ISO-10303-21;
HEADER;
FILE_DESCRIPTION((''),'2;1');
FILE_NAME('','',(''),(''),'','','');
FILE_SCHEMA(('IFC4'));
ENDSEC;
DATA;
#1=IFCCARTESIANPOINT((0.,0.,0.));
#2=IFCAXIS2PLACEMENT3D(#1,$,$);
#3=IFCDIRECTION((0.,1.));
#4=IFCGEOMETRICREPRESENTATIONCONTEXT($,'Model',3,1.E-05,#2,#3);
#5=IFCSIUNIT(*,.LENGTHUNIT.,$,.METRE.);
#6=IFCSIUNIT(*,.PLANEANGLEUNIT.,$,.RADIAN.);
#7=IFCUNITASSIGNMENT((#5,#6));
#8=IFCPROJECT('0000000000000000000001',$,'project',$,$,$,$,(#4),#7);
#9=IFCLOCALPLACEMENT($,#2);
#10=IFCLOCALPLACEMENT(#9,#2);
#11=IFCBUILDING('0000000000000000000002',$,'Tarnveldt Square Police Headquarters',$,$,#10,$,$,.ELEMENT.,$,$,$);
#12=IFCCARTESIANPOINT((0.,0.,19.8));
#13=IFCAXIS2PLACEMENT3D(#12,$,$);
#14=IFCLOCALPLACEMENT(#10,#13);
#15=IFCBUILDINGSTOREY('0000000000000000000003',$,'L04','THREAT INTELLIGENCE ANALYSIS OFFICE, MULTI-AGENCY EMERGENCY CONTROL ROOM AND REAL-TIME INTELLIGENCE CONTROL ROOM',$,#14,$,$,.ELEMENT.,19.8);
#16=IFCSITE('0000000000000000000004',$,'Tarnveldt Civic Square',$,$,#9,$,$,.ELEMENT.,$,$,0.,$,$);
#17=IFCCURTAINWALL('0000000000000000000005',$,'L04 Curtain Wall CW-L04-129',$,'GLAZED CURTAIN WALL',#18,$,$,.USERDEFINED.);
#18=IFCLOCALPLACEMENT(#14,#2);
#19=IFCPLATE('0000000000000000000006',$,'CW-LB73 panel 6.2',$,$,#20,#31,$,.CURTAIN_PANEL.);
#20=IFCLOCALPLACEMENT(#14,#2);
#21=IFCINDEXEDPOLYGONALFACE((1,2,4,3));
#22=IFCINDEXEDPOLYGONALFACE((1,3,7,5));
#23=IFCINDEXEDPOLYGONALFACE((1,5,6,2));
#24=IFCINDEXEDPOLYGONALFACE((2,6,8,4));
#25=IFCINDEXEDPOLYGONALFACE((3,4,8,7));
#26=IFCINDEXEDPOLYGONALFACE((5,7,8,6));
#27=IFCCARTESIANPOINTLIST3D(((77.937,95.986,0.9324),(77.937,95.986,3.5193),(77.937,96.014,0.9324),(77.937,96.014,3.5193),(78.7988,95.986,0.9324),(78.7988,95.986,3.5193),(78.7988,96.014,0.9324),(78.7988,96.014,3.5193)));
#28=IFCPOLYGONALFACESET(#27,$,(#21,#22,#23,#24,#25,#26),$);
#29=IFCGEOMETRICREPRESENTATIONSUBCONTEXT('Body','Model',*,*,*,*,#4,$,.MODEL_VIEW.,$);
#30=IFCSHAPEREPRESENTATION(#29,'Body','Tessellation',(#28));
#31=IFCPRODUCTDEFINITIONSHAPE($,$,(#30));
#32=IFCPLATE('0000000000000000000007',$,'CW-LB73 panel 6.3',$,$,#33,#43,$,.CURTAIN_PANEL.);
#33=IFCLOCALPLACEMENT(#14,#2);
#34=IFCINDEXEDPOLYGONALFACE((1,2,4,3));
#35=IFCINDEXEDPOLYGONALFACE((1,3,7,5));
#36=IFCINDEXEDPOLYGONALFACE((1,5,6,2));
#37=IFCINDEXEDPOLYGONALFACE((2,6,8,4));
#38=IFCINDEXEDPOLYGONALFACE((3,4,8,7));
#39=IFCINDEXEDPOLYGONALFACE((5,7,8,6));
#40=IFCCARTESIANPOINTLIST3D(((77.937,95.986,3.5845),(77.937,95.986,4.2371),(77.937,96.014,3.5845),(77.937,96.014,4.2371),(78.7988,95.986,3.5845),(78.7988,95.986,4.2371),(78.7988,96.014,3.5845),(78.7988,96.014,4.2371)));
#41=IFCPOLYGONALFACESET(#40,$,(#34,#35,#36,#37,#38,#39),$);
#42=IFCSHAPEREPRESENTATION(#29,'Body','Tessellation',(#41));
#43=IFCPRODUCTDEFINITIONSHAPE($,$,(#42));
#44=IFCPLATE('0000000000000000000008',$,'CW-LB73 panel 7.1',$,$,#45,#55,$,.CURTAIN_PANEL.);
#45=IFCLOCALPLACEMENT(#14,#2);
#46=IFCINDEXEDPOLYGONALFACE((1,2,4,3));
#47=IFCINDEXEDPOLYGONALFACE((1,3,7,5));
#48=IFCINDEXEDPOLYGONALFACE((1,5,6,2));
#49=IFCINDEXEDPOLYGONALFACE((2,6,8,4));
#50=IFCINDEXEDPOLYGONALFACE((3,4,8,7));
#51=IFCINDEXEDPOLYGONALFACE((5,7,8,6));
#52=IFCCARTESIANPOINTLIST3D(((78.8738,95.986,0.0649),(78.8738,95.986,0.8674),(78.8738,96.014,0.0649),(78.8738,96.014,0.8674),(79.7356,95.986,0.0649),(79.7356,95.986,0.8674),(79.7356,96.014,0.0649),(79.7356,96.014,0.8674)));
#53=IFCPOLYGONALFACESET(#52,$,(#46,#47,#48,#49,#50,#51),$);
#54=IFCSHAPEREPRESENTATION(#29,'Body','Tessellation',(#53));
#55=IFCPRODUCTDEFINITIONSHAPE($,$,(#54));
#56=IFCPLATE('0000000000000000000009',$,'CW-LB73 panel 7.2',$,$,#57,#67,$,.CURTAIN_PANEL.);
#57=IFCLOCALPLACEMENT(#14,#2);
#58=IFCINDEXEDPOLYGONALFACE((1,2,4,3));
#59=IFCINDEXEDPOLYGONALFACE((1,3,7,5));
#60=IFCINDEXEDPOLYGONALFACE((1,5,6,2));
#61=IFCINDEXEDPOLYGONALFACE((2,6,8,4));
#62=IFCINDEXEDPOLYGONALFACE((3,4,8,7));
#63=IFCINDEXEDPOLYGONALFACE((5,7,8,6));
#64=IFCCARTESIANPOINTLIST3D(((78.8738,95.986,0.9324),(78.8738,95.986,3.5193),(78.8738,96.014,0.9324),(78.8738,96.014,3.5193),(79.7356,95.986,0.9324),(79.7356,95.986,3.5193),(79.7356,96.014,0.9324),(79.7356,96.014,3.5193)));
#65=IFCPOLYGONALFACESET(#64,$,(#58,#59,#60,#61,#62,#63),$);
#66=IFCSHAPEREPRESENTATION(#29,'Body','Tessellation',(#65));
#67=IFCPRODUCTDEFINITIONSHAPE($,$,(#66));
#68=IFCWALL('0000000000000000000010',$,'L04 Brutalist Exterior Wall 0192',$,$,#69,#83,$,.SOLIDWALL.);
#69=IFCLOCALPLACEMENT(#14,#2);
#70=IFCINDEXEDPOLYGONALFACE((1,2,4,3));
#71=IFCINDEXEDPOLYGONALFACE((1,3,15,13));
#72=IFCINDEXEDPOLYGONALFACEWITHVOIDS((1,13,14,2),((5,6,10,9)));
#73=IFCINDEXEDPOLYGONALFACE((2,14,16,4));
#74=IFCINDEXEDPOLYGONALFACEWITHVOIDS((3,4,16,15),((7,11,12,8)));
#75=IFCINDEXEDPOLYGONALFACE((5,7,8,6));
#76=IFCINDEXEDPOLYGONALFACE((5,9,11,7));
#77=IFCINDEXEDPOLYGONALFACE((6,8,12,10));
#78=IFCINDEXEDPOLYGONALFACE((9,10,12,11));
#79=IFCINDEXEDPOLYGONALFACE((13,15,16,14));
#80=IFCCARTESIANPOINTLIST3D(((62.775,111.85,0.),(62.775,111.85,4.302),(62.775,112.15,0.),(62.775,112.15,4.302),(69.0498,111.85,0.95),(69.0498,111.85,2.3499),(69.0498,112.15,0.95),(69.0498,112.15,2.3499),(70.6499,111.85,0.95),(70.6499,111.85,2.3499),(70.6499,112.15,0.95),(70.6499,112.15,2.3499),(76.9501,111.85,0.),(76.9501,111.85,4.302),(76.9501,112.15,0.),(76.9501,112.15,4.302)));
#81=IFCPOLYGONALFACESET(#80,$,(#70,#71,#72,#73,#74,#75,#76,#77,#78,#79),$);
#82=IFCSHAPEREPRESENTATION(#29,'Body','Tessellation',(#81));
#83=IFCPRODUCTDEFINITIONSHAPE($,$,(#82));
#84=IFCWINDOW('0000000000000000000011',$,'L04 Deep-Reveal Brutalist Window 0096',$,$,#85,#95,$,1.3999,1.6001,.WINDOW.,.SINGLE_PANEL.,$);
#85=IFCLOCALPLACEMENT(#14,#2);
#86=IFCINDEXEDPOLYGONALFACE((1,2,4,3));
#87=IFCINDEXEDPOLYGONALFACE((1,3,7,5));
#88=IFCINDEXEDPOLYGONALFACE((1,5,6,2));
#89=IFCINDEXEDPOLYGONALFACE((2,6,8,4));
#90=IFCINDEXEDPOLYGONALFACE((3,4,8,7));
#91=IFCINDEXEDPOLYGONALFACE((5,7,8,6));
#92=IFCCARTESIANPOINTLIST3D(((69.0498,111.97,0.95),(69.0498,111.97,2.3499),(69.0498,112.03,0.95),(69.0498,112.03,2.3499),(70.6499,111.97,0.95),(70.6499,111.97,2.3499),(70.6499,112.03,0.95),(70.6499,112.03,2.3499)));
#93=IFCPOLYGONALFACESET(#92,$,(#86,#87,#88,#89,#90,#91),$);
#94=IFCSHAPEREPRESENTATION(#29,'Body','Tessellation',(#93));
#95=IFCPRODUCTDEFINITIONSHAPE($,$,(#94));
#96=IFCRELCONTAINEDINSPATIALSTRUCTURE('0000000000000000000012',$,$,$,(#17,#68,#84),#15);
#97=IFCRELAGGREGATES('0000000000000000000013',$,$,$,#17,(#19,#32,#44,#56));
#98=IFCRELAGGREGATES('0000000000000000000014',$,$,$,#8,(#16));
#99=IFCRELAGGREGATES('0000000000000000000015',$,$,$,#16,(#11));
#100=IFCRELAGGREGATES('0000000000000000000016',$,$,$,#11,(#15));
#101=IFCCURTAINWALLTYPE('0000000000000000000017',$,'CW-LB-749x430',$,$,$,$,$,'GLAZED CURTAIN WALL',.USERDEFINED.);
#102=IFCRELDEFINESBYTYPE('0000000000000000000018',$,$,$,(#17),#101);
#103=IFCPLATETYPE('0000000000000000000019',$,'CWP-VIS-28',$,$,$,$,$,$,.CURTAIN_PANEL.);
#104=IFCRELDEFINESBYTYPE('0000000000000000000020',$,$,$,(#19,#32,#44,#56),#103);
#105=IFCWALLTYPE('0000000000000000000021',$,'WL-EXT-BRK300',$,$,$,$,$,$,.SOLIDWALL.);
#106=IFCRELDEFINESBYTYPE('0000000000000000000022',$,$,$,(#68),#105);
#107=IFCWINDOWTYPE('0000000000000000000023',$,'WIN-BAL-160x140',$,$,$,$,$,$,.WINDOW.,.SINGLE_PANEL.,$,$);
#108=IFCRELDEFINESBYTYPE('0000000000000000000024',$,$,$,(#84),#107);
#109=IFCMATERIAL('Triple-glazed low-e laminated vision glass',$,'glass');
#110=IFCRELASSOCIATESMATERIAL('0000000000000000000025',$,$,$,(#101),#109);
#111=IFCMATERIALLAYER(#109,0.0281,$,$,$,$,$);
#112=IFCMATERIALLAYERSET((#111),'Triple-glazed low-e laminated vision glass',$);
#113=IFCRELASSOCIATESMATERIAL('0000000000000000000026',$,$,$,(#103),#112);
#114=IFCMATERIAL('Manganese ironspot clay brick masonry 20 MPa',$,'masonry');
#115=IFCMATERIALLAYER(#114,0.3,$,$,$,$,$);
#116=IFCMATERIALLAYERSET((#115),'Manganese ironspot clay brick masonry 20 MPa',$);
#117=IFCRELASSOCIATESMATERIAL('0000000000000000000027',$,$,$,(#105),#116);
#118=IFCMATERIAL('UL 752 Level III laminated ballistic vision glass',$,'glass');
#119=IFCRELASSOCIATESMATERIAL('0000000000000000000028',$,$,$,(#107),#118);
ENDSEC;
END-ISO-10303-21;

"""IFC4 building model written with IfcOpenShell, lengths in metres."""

from ifc_helpers import new_model, si_unit, direction, frame, frame_2d, origin, origin_2d, place, context, subcontext, project, spatial, rectangle, extrude, material, layer, layer_set, type_object, element, fill, aggregate, save


model = new_model("IFC4")

# Units and contexts
model_context = context("Model", 3, precision=1e-05, world=origin(), true_north=direction((0.0, 1.0)))
body_context = subcontext(model_context, "Body", "Model", "MODEL_VIEW")
ifc_project = project(units=[si_unit("LENGTHUNIT", "METRE"), si_unit("PLANEANGLEUNIT", "RADIAN")], contexts=[model_context])

# Site, building, storey
site_placement = place(None, origin())
site = spatial("IfcSite", under=ifc_project, at=site_placement, Name="Tarnveldt Civic Square", CompositionType="ELEMENT", RefElevation=0.0)
building_placement = place(site_placement, origin())
building = spatial("IfcBuilding", under=site, at=building_placement, Name="Tarnveldt Square Police Headquarters", CompositionType="ELEMENT")
storey_placement = place(building_placement, frame((0.0, 0.0, 19.8)))
storey = spatial("IfcBuildingStorey", under=building, at=storey_placement, Name="L04", Description="THREAT INTELLIGENCE ANALYSIS OFFICE, MULTI-AGENCY EMERGENCY CONTROL ROOM AND REAL-TIME INTELLIGENCE CONTROL ROOM", CompositionType="ELEMENT", Elevation=19.8)

# Curtain wall, plates
ifc_material_1 = material(Name="Triple-glazed low-e laminated vision glass", Category="glass")
curtain_wall_type = type_object("IfcCurtainWallType", Name="CW-LB-749x430", ElementType="GLAZED CURTAIN WALL", PredefinedType="USERDEFINED", material=ifc_material_1)
curtain_wall_placement = place(storey_placement, origin())
curtain_wall = element("IfcCurtainWall", 1, at=curtain_wall_placement, inside=storey, type_object=curtain_wall_type, Name="L04 Curtain Wall CW-L04-129", ObjectType="GLAZED CURTAIN WALL", PredefinedType="USERDEFINED")
ifc_layer_1 = layer(ifc_material_1, 0.0281)
ifc_layer_set_1 = layer_set([ifc_layer_1], Name="Triple-glazed low-e laminated vision glass")
plate_type = type_object("IfcPlateType", Name="CWP-VIS-28", PredefinedType="CURTAIN_PANEL", material=ifc_layer_set_1)
plate_1_placement = place(storey_placement, frame((78.3679, 96.0, 0.9324), z_axis=(0.0, 0.0, 1.0), x_axis=(1.0, 0.0, 0.0)))
plate_1 = element("IfcPlate", 2, at=plate_1_placement, type_object=plate_type, Name="CW-LB73 panel 6.2", PredefinedType="CURTAIN_PANEL", context=body_context, shape_type="SweptSolid", body=[
    extrude(rectangle(XDim=0.8618, YDim=0.0281, at=origin_2d()), origin(), (0.0, 0.0, 1.0), 2.5869),
])
plate_2_placement = place(storey_placement, frame((78.3679, 96.0, 3.5845), z_axis=(0.0, 0.0, 1.0), x_axis=(1.0, 0.0, 0.0)))
plate_2 = element("IfcPlate", 3, at=plate_2_placement, type_object=plate_type, Name="CW-LB73 panel 6.3", PredefinedType="CURTAIN_PANEL", context=body_context, shape_type="SweptSolid", body=[
    extrude(rectangle(XDim=0.8618, YDim=0.0281, at=origin_2d()), origin(), (0.0, 0.0, 1.0), 0.6526),
])
plate_3_placement = place(storey_placement, frame((79.3047, 96.0, 0.0649), z_axis=(0.0, 0.0, 1.0), x_axis=(1.0, 0.0, 0.0)))
plate_3 = element("IfcPlate", 4, at=plate_3_placement, type_object=plate_type, Name="CW-LB73 panel 7.1", PredefinedType="CURTAIN_PANEL", context=body_context, shape_type="SweptSolid", body=[
    extrude(rectangle(XDim=0.8618, YDim=0.0281, at=origin_2d()), origin(), (0.0, 0.0, 1.0), 0.8025),
])
plate_4_placement = place(storey_placement, frame((79.3047, 96.0, 0.9324), z_axis=(0.0, 0.0, 1.0), x_axis=(1.0, 0.0, 0.0)))
plate_4 = element("IfcPlate", 5, at=plate_4_placement, type_object=plate_type, Name="CW-LB73 panel 7.2", PredefinedType="CURTAIN_PANEL", context=body_context, shape_type="SweptSolid", body=[
    extrude(rectangle(XDim=0.8618, YDim=0.0281, at=origin_2d()), origin(), (0.0, 0.0, 1.0), 2.5869),
])
aggregate(curtain_wall, [plate_1, plate_2, plate_3, plate_4])

# Wall, opening, window
ifc_material_2 = material(Name="Manganese ironspot clay brick masonry 20 MPa", Category="masonry")
ifc_layer_2 = layer(ifc_material_2, 0.3)
ifc_layer_set_2 = layer_set([ifc_layer_2], Name="Manganese ironspot clay brick masonry 20 MPa")
wall_type = type_object("IfcWallType", Name="WL-EXT-BRK300", PredefinedType="SOLIDWALL", material=ifc_layer_set_2)
wall_placement = place(storey_placement, frame((76.95, 112.0, 0.0), z_axis=(0.0, 0.0, 1.0), x_axis=(-1.0, 0.0, 0.0)))
wall = element("IfcWall", 6, at=wall_placement, inside=storey, type_object=wall_type, Name="L04 Brutalist Exterior Wall 0192", PredefinedType="SOLIDWALL", context=body_context, shape_type="SweptSolid", body=[
    extrude(rectangle(XDim=14.175, YDim=0.3, at=frame_2d((7.0874, 0.0))), origin(), (0.0, 0.0, 1.0), 4.302),
])
opening_placement = place(wall_placement, frame((6.3, 0.0, 0.95)))
opening = element("IfcOpeningElement", 7, at=opening_placement, cuts=wall, PredefinedType="OPENING", context=body_context, shape_type="SweptSolid", body=[
    extrude(rectangle(XDim=1.6001, YDim=1.3999, at=frame_2d((0.8, 0.7))), frame((0.0, 0.1599, 0.0), z_axis=(0.0, -1.0, 0.0), x_axis=(1.0, 0.0, 0.0)), (0.0, 0.0, 1.0), 0.3201),
])
ifc_material_3 = material(Name="UL 752 Level III laminated ballistic vision glass", Category="glass")
window_type = type_object("IfcWindowType", Name="WIN-BAL-160x140", PartitioningType="SINGLE_PANEL", PredefinedType="WINDOW", material=ifc_material_3)
window_placement = place(opening_placement, origin())
window = element("IfcWindow", 8, at=window_placement, inside=storey, type_object=window_type, Name="L04 Deep-Reveal Brutalist Window 0096", OverallHeight=1.3999, OverallWidth=1.6001, PartitioningType="SINGLE_PANEL", PredefinedType="WINDOW", context=body_context, shape_type="SweptSolid", body=[
    extrude(rectangle(XDim=1.6001, YDim=1.3999, at=frame_2d((0.8, 0.7))), frame((0.0, 0.03, 0.0), z_axis=(0.0, -1.0, 0.0), x_axis=(1.0, 0.0, 0.0)), (0.0, 0.0, 1.0), 0.0601),
])
fill(opening, window)

save(model, "model.ifc")
